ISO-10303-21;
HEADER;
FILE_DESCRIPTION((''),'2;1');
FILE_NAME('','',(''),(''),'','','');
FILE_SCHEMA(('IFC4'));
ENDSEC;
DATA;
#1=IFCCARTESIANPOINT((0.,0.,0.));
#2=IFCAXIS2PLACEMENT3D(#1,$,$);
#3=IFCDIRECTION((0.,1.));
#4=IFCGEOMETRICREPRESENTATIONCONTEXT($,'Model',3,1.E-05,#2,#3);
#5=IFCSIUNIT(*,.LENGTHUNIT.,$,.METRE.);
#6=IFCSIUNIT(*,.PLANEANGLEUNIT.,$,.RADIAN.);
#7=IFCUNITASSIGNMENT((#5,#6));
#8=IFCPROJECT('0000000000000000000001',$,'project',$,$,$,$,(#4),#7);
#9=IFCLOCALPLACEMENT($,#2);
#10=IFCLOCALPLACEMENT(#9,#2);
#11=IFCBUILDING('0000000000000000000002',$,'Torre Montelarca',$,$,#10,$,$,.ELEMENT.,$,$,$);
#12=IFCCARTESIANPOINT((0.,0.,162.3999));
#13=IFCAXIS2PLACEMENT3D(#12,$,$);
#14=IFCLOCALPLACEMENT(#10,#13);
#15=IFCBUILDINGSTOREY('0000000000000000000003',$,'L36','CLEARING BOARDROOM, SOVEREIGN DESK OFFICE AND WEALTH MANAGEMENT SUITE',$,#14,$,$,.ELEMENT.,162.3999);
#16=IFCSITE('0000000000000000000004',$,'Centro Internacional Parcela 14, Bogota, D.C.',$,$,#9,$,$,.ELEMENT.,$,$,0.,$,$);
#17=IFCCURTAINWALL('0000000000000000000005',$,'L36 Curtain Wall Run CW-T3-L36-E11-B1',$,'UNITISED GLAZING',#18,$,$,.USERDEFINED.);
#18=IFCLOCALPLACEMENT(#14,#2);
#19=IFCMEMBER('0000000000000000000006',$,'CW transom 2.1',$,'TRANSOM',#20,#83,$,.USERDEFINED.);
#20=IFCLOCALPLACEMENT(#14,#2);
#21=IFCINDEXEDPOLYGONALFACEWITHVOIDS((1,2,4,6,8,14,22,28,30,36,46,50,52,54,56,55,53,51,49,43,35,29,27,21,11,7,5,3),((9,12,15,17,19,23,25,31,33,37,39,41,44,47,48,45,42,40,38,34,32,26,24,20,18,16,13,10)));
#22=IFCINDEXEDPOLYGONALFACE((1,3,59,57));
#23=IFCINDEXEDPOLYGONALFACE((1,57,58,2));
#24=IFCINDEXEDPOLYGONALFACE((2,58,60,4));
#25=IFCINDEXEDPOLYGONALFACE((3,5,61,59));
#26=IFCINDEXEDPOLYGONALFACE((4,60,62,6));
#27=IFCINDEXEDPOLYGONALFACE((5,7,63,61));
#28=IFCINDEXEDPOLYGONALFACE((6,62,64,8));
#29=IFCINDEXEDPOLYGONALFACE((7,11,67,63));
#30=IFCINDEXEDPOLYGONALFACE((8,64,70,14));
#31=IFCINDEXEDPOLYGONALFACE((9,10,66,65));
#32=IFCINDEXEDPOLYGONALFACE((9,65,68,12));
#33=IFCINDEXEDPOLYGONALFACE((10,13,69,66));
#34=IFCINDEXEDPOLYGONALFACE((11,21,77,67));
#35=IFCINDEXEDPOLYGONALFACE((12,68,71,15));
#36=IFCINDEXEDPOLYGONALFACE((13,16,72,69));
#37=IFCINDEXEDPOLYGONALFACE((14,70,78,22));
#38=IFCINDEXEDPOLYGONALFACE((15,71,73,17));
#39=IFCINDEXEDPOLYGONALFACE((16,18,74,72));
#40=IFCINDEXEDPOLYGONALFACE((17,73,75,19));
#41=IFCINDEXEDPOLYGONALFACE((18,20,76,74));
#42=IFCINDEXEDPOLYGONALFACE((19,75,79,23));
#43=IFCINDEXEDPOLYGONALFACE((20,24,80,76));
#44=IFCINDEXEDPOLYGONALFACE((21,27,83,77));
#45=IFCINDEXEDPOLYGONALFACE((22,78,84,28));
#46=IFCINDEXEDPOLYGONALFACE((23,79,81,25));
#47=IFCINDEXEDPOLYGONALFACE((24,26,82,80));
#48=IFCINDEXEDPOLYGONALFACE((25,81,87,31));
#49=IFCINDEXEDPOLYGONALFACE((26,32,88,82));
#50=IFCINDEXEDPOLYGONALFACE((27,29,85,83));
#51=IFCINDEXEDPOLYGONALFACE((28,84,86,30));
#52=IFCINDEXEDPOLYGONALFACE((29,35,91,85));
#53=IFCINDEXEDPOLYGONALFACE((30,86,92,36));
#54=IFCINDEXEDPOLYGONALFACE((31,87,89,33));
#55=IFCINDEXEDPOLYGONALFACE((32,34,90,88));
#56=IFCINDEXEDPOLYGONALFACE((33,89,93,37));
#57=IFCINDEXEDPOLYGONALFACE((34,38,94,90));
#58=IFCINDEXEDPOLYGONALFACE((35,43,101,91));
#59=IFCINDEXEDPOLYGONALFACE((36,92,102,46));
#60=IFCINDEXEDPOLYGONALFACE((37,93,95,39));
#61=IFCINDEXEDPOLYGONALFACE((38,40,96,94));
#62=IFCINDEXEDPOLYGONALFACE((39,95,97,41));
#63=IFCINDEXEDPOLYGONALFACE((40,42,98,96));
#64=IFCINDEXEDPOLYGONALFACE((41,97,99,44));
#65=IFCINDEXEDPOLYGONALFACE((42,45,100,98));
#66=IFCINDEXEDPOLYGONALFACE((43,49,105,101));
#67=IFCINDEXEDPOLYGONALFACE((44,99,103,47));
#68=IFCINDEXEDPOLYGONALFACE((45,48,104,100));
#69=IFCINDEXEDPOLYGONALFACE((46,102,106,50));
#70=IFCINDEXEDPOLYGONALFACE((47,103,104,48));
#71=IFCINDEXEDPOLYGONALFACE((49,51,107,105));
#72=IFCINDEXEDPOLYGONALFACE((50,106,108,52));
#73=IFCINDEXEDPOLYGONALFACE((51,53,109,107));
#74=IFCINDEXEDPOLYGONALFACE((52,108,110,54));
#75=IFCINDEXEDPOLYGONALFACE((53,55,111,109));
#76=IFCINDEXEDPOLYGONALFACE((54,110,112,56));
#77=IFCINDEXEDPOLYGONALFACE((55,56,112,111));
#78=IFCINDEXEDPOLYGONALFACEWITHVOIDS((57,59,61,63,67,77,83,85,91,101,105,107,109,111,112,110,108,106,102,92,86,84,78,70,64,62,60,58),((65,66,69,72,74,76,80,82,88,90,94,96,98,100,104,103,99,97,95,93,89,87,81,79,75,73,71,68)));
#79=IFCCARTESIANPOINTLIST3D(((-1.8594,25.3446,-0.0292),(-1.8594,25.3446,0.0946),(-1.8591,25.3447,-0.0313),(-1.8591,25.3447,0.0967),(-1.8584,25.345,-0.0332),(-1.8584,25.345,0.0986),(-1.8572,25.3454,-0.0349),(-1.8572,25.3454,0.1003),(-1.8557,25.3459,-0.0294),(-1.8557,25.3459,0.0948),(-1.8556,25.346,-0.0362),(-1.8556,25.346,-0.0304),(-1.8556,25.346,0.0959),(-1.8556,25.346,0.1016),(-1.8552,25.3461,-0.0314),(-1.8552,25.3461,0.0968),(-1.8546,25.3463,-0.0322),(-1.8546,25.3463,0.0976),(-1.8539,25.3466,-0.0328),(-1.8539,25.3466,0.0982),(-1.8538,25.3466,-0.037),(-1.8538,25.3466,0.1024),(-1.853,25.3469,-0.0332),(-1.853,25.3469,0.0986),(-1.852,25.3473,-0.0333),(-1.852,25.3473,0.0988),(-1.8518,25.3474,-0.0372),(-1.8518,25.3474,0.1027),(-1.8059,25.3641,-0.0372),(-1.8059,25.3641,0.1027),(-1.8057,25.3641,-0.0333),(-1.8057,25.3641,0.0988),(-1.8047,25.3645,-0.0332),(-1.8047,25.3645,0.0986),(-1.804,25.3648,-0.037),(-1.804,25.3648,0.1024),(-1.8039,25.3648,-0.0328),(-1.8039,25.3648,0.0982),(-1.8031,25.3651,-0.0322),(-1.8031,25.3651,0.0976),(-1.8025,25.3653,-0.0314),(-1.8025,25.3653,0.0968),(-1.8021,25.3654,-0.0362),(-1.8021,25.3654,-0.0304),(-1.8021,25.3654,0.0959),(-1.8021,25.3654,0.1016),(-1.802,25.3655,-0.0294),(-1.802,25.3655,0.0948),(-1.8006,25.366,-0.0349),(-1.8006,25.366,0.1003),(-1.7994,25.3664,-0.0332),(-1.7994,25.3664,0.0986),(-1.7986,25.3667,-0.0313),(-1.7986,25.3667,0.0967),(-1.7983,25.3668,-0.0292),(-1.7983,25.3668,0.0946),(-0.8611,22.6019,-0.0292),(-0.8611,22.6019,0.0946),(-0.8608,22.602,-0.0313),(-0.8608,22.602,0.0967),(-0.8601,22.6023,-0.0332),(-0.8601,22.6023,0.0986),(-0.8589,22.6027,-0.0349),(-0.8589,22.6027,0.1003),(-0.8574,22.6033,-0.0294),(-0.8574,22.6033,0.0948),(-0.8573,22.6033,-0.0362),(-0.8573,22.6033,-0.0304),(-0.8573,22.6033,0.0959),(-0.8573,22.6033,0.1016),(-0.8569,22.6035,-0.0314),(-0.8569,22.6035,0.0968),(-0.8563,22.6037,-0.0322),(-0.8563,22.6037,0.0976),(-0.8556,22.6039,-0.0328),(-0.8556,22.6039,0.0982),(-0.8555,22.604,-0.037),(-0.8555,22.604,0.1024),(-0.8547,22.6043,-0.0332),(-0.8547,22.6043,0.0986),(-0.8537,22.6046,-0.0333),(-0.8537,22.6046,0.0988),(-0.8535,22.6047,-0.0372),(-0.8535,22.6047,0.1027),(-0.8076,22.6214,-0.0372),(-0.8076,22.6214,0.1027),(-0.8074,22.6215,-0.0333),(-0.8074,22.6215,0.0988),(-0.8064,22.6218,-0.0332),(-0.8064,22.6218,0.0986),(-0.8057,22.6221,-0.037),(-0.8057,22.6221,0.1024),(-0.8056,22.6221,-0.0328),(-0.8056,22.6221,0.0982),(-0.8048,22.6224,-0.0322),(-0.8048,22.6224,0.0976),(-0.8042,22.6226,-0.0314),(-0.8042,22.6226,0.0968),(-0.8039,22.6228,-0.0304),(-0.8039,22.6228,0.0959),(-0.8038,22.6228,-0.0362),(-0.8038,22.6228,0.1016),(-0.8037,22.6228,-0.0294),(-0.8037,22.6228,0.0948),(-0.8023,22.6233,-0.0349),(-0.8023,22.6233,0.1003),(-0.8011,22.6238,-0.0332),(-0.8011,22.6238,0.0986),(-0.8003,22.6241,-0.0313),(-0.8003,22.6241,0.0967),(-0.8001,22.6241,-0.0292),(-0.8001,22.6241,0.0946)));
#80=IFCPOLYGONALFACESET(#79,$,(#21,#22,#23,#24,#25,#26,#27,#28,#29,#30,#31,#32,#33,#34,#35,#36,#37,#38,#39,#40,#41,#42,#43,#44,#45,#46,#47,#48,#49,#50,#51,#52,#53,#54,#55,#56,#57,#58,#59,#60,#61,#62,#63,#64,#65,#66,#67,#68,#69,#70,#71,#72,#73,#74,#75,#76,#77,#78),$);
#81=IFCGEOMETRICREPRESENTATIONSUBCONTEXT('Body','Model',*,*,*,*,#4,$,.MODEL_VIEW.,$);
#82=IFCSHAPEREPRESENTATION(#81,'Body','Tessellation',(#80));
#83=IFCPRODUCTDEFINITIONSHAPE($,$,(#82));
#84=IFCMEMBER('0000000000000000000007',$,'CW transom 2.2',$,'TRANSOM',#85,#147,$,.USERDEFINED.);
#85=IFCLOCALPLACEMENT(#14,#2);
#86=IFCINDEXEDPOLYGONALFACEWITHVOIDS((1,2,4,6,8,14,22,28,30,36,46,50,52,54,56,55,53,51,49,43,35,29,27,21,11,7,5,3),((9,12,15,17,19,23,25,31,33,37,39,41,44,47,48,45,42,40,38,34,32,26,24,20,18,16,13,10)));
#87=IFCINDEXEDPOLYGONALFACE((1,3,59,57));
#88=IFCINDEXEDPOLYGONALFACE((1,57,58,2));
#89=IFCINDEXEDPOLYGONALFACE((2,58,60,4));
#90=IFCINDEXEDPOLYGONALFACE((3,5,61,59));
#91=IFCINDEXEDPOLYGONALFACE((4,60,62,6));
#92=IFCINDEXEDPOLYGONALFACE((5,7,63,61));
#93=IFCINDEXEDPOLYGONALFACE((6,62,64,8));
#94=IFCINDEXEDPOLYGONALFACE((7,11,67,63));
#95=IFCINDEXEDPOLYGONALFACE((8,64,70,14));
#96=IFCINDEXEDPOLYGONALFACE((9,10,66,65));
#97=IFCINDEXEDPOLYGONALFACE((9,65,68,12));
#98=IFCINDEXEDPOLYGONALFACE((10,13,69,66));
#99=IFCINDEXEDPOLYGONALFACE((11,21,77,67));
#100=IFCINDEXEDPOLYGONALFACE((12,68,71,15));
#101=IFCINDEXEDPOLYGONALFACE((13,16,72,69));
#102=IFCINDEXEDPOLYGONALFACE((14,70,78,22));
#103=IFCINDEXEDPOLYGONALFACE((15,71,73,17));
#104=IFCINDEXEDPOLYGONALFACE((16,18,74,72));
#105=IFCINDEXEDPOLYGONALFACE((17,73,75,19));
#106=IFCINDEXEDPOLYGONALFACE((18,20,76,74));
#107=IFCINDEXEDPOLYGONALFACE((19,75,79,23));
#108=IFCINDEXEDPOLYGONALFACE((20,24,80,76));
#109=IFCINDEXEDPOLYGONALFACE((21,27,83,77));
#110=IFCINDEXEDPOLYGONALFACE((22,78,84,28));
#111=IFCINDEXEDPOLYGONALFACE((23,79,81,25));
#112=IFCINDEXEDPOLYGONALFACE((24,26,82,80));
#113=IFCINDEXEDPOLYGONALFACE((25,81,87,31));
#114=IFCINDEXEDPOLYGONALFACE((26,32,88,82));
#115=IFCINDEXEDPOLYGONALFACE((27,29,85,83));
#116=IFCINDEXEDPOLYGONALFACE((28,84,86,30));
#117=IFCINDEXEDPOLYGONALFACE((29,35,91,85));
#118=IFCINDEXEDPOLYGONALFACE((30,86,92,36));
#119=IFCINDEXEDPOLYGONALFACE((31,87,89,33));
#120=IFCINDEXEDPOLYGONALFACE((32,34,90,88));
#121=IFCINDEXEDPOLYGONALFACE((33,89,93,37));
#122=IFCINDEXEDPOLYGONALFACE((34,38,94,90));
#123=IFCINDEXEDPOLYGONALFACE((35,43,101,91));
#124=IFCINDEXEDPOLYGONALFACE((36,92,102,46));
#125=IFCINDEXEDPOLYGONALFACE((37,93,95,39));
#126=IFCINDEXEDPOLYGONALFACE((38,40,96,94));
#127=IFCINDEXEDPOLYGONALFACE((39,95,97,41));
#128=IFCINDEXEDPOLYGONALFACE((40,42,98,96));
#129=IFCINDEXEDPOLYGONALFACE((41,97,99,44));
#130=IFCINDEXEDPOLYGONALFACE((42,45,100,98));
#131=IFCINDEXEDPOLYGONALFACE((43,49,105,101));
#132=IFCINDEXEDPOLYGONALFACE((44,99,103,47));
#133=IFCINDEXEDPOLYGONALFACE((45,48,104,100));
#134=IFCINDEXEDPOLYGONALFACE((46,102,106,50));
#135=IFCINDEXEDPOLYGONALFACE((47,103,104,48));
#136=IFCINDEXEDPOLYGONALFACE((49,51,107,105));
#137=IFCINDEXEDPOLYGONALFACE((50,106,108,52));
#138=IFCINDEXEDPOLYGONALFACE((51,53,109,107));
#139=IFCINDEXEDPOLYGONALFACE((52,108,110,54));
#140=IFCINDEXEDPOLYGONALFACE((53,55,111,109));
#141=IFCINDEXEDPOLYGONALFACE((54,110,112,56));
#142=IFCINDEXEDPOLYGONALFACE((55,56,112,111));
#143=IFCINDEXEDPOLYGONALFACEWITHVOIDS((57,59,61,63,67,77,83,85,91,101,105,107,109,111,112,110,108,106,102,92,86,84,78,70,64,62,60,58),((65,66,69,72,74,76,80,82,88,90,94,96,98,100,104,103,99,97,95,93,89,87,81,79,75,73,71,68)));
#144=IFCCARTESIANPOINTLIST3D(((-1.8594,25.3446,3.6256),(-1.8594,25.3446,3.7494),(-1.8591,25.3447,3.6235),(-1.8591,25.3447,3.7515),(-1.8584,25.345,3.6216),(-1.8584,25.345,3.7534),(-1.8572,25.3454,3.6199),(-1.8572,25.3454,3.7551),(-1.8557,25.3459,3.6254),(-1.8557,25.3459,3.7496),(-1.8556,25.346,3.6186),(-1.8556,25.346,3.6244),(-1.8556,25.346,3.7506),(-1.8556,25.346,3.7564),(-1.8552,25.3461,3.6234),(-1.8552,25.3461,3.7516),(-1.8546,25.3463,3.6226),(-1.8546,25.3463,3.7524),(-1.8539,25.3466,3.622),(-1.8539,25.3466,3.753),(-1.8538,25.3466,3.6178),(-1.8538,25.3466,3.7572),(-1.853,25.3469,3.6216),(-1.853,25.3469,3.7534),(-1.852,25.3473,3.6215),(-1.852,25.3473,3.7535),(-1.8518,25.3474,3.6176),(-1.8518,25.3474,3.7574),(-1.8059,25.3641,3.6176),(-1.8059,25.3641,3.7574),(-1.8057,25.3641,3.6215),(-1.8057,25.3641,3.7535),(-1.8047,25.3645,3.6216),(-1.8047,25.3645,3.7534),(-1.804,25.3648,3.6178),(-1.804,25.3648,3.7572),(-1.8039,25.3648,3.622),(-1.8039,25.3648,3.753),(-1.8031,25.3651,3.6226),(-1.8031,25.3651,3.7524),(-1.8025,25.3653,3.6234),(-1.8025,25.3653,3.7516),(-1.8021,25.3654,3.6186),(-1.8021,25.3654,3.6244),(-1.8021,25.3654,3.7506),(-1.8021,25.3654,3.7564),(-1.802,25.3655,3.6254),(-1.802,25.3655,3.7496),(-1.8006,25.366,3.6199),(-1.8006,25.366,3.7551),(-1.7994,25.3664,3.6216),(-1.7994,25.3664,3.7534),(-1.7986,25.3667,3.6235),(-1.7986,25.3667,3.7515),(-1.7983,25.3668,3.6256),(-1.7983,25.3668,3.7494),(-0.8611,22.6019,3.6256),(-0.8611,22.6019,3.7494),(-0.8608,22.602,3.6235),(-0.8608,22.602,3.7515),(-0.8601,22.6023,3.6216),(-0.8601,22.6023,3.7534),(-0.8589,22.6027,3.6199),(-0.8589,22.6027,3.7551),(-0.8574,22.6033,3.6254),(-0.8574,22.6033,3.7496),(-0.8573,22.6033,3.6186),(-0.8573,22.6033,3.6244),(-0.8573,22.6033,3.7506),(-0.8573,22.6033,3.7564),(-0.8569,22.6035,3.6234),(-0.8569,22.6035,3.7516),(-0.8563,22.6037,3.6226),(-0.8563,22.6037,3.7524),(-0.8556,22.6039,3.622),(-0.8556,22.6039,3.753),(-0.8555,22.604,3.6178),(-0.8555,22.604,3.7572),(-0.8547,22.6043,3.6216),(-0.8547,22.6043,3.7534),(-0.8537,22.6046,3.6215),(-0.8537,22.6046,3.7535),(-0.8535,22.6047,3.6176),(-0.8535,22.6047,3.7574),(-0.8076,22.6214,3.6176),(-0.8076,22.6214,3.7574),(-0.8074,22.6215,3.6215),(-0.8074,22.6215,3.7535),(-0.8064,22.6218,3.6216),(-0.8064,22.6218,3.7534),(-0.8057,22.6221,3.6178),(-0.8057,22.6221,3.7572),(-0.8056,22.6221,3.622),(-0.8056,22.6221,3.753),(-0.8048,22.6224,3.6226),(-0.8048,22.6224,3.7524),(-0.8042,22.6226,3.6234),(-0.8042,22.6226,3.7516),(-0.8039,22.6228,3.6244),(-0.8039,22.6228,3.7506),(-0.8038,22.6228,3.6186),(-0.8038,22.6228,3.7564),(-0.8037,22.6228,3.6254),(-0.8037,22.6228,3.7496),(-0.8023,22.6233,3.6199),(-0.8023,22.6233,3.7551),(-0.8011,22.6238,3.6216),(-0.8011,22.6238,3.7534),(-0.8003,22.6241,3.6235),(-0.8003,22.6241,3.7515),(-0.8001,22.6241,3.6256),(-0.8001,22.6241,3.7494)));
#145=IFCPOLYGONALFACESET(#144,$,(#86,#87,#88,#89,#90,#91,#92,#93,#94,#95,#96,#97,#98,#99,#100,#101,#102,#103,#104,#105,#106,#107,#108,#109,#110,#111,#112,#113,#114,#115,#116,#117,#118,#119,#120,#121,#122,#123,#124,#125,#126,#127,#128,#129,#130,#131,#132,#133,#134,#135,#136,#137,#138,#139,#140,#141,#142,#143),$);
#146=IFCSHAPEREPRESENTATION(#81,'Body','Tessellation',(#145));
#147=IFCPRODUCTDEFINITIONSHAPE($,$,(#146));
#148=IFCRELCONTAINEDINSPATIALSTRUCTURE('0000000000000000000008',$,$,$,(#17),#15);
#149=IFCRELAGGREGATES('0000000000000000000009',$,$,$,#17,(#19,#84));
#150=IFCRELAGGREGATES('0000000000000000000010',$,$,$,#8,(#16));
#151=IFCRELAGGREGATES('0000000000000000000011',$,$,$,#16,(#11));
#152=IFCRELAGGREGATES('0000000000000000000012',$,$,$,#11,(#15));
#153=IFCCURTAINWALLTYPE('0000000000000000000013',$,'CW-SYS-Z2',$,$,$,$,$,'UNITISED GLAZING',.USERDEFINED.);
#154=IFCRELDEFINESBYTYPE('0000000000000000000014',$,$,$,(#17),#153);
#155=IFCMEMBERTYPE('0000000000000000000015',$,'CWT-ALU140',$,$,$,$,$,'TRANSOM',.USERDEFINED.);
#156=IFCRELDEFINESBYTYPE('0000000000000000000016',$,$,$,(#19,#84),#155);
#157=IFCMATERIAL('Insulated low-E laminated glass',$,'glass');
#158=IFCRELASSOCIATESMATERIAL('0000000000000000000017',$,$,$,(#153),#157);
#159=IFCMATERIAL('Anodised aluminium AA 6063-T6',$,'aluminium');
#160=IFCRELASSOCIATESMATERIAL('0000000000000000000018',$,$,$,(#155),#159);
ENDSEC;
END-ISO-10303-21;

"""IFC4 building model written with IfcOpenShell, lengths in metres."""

from ifc_helpers import new_model, si_unit, direction, frame, origin, origin_2d, place, context, subcontext, project, spatial, hollow_rectangle, extrude, source, transform, mapped, material, material_profile, profile_set, type_object, element, aggregate, save


model = new_model("IFC4")

# Units and contexts
model_context = context("Model", 3, precision=1e-05, world=origin(), true_north=direction((0.0, 1.0)))
body_context = subcontext(model_context, "Body", "Model", "MODEL_VIEW")
ifc_project = project(units=[si_unit("LENGTHUNIT", "METRE"), si_unit("PLANEANGLEUNIT", "RADIAN")], contexts=[model_context])

# Site, building, storey
site_placement = place(None, origin())
site = spatial("IfcSite", under=ifc_project, at=site_placement, Name="Centro Internacional Parcela 14, Bogota, D.C.", CompositionType="ELEMENT", RefElevation=0.0)
building_placement = place(site_placement, origin())
building = spatial("IfcBuilding", under=site, at=building_placement, Name="Torre Montelarca", CompositionType="ELEMENT")
storey_placement = place(building_placement, frame((0.0, 0.0, 162.3999)))
storey = spatial("IfcBuildingStorey", under=building, at=storey_placement, Name="L36", Description="CLEARING BOARDROOM, SOVEREIGN DESK OFFICE AND WEALTH MANAGEMENT SUITE", CompositionType="ELEMENT", Elevation=162.3999)

# Curtain wall, members
ifc_material_1 = material(Name="Insulated low-E laminated glass", Category="glass")
curtain_wall_type = type_object("IfcCurtainWallType", Name="CW-SYS-Z2", ElementType="UNITISED GLAZING", PredefinedType="USERDEFINED", material=ifc_material_1)
curtain_wall_1_placement = place(storey_placement, origin())
curtain_wall_1 = element("IfcCurtainWall", 1, at=curtain_wall_1_placement, inside=storey, type_object=curtain_wall_type, Name="L36 Curtain Wall Run CW-T3-L36-E11-B1", ObjectType="UNITISED GLAZING", PredefinedType="USERDEFINED")
ifc_material_2 = material(Name="Anodised aluminium AA 6063-T6", Category="aluminium")
ifc_material_profile_1 = material_profile(ifc_material_2, hollow_rectangle(XDim=0.0649, YDim=0.1399, WallThickness=0.0039, InnerFilletRadius=0.0039, OuterFilletRadius=0.0081, at=origin_2d()), Name="ALU65X140X4", Category="aluminium")
ifc_profile_set_1 = profile_set([ifc_material_profile_1], Name="Anodised aluminium AA 6063-T6")
member_type_1 = type_object("IfcMemberType", Name="CWT-ALU140", ElementType="TRANSOM", PredefinedType="USERDEFINED", material=ifc_profile_set_1)
shared_shape_1 = source(origin(), body_context, "Body", "SweptSolid", [
    extrude(hollow_rectangle(XDim=0.0649, YDim=0.1399, WallThickness=0.0039, InnerFilletRadius=0.0039, OuterFilletRadius=0.0081, at=origin_2d()), origin(), (0.0, 0.0, 1.0), 2.9187),
])
member_1_placement = place(storey_placement, frame((-1.8289, 25.3557, 0.0327), z_axis=(0.342032, -0.939688, 0.0), x_axis=(0.939688, 0.342032, 0.0)))
member_1 = element("IfcMember", 2, at=member_1_placement, type_object=member_type_1, Name="CW transom 2.1", ObjectType="TRANSOM", PredefinedType="USERDEFINED", context=body_context, shape_type="MappedRepresentation", body=[
    mapped(shared_shape_1, transform((0.0, 0.0, 0.0), scale=1.0)),
])
member_2_placement = place(storey_placement, frame((-1.8289, 25.3557, 3.6875), z_axis=(0.342032, -0.939688, 0.0), x_axis=(0.939688, 0.342032, 0.0)))
member_2 = element("IfcMember", 3, at=member_2_placement, type_object=member_type_1, Name="CW transom 2.2", ObjectType="TRANSOM", PredefinedType="USERDEFINED", context=body_context, shape_type="MappedRepresentation", body=[
    mapped(shared_shape_1, transform((0.0, 0.0, 0.0), scale=1.0)),
])

aggregate(curtain_wall_1, [member_1, member_2])

save(model, "model.ifc")
